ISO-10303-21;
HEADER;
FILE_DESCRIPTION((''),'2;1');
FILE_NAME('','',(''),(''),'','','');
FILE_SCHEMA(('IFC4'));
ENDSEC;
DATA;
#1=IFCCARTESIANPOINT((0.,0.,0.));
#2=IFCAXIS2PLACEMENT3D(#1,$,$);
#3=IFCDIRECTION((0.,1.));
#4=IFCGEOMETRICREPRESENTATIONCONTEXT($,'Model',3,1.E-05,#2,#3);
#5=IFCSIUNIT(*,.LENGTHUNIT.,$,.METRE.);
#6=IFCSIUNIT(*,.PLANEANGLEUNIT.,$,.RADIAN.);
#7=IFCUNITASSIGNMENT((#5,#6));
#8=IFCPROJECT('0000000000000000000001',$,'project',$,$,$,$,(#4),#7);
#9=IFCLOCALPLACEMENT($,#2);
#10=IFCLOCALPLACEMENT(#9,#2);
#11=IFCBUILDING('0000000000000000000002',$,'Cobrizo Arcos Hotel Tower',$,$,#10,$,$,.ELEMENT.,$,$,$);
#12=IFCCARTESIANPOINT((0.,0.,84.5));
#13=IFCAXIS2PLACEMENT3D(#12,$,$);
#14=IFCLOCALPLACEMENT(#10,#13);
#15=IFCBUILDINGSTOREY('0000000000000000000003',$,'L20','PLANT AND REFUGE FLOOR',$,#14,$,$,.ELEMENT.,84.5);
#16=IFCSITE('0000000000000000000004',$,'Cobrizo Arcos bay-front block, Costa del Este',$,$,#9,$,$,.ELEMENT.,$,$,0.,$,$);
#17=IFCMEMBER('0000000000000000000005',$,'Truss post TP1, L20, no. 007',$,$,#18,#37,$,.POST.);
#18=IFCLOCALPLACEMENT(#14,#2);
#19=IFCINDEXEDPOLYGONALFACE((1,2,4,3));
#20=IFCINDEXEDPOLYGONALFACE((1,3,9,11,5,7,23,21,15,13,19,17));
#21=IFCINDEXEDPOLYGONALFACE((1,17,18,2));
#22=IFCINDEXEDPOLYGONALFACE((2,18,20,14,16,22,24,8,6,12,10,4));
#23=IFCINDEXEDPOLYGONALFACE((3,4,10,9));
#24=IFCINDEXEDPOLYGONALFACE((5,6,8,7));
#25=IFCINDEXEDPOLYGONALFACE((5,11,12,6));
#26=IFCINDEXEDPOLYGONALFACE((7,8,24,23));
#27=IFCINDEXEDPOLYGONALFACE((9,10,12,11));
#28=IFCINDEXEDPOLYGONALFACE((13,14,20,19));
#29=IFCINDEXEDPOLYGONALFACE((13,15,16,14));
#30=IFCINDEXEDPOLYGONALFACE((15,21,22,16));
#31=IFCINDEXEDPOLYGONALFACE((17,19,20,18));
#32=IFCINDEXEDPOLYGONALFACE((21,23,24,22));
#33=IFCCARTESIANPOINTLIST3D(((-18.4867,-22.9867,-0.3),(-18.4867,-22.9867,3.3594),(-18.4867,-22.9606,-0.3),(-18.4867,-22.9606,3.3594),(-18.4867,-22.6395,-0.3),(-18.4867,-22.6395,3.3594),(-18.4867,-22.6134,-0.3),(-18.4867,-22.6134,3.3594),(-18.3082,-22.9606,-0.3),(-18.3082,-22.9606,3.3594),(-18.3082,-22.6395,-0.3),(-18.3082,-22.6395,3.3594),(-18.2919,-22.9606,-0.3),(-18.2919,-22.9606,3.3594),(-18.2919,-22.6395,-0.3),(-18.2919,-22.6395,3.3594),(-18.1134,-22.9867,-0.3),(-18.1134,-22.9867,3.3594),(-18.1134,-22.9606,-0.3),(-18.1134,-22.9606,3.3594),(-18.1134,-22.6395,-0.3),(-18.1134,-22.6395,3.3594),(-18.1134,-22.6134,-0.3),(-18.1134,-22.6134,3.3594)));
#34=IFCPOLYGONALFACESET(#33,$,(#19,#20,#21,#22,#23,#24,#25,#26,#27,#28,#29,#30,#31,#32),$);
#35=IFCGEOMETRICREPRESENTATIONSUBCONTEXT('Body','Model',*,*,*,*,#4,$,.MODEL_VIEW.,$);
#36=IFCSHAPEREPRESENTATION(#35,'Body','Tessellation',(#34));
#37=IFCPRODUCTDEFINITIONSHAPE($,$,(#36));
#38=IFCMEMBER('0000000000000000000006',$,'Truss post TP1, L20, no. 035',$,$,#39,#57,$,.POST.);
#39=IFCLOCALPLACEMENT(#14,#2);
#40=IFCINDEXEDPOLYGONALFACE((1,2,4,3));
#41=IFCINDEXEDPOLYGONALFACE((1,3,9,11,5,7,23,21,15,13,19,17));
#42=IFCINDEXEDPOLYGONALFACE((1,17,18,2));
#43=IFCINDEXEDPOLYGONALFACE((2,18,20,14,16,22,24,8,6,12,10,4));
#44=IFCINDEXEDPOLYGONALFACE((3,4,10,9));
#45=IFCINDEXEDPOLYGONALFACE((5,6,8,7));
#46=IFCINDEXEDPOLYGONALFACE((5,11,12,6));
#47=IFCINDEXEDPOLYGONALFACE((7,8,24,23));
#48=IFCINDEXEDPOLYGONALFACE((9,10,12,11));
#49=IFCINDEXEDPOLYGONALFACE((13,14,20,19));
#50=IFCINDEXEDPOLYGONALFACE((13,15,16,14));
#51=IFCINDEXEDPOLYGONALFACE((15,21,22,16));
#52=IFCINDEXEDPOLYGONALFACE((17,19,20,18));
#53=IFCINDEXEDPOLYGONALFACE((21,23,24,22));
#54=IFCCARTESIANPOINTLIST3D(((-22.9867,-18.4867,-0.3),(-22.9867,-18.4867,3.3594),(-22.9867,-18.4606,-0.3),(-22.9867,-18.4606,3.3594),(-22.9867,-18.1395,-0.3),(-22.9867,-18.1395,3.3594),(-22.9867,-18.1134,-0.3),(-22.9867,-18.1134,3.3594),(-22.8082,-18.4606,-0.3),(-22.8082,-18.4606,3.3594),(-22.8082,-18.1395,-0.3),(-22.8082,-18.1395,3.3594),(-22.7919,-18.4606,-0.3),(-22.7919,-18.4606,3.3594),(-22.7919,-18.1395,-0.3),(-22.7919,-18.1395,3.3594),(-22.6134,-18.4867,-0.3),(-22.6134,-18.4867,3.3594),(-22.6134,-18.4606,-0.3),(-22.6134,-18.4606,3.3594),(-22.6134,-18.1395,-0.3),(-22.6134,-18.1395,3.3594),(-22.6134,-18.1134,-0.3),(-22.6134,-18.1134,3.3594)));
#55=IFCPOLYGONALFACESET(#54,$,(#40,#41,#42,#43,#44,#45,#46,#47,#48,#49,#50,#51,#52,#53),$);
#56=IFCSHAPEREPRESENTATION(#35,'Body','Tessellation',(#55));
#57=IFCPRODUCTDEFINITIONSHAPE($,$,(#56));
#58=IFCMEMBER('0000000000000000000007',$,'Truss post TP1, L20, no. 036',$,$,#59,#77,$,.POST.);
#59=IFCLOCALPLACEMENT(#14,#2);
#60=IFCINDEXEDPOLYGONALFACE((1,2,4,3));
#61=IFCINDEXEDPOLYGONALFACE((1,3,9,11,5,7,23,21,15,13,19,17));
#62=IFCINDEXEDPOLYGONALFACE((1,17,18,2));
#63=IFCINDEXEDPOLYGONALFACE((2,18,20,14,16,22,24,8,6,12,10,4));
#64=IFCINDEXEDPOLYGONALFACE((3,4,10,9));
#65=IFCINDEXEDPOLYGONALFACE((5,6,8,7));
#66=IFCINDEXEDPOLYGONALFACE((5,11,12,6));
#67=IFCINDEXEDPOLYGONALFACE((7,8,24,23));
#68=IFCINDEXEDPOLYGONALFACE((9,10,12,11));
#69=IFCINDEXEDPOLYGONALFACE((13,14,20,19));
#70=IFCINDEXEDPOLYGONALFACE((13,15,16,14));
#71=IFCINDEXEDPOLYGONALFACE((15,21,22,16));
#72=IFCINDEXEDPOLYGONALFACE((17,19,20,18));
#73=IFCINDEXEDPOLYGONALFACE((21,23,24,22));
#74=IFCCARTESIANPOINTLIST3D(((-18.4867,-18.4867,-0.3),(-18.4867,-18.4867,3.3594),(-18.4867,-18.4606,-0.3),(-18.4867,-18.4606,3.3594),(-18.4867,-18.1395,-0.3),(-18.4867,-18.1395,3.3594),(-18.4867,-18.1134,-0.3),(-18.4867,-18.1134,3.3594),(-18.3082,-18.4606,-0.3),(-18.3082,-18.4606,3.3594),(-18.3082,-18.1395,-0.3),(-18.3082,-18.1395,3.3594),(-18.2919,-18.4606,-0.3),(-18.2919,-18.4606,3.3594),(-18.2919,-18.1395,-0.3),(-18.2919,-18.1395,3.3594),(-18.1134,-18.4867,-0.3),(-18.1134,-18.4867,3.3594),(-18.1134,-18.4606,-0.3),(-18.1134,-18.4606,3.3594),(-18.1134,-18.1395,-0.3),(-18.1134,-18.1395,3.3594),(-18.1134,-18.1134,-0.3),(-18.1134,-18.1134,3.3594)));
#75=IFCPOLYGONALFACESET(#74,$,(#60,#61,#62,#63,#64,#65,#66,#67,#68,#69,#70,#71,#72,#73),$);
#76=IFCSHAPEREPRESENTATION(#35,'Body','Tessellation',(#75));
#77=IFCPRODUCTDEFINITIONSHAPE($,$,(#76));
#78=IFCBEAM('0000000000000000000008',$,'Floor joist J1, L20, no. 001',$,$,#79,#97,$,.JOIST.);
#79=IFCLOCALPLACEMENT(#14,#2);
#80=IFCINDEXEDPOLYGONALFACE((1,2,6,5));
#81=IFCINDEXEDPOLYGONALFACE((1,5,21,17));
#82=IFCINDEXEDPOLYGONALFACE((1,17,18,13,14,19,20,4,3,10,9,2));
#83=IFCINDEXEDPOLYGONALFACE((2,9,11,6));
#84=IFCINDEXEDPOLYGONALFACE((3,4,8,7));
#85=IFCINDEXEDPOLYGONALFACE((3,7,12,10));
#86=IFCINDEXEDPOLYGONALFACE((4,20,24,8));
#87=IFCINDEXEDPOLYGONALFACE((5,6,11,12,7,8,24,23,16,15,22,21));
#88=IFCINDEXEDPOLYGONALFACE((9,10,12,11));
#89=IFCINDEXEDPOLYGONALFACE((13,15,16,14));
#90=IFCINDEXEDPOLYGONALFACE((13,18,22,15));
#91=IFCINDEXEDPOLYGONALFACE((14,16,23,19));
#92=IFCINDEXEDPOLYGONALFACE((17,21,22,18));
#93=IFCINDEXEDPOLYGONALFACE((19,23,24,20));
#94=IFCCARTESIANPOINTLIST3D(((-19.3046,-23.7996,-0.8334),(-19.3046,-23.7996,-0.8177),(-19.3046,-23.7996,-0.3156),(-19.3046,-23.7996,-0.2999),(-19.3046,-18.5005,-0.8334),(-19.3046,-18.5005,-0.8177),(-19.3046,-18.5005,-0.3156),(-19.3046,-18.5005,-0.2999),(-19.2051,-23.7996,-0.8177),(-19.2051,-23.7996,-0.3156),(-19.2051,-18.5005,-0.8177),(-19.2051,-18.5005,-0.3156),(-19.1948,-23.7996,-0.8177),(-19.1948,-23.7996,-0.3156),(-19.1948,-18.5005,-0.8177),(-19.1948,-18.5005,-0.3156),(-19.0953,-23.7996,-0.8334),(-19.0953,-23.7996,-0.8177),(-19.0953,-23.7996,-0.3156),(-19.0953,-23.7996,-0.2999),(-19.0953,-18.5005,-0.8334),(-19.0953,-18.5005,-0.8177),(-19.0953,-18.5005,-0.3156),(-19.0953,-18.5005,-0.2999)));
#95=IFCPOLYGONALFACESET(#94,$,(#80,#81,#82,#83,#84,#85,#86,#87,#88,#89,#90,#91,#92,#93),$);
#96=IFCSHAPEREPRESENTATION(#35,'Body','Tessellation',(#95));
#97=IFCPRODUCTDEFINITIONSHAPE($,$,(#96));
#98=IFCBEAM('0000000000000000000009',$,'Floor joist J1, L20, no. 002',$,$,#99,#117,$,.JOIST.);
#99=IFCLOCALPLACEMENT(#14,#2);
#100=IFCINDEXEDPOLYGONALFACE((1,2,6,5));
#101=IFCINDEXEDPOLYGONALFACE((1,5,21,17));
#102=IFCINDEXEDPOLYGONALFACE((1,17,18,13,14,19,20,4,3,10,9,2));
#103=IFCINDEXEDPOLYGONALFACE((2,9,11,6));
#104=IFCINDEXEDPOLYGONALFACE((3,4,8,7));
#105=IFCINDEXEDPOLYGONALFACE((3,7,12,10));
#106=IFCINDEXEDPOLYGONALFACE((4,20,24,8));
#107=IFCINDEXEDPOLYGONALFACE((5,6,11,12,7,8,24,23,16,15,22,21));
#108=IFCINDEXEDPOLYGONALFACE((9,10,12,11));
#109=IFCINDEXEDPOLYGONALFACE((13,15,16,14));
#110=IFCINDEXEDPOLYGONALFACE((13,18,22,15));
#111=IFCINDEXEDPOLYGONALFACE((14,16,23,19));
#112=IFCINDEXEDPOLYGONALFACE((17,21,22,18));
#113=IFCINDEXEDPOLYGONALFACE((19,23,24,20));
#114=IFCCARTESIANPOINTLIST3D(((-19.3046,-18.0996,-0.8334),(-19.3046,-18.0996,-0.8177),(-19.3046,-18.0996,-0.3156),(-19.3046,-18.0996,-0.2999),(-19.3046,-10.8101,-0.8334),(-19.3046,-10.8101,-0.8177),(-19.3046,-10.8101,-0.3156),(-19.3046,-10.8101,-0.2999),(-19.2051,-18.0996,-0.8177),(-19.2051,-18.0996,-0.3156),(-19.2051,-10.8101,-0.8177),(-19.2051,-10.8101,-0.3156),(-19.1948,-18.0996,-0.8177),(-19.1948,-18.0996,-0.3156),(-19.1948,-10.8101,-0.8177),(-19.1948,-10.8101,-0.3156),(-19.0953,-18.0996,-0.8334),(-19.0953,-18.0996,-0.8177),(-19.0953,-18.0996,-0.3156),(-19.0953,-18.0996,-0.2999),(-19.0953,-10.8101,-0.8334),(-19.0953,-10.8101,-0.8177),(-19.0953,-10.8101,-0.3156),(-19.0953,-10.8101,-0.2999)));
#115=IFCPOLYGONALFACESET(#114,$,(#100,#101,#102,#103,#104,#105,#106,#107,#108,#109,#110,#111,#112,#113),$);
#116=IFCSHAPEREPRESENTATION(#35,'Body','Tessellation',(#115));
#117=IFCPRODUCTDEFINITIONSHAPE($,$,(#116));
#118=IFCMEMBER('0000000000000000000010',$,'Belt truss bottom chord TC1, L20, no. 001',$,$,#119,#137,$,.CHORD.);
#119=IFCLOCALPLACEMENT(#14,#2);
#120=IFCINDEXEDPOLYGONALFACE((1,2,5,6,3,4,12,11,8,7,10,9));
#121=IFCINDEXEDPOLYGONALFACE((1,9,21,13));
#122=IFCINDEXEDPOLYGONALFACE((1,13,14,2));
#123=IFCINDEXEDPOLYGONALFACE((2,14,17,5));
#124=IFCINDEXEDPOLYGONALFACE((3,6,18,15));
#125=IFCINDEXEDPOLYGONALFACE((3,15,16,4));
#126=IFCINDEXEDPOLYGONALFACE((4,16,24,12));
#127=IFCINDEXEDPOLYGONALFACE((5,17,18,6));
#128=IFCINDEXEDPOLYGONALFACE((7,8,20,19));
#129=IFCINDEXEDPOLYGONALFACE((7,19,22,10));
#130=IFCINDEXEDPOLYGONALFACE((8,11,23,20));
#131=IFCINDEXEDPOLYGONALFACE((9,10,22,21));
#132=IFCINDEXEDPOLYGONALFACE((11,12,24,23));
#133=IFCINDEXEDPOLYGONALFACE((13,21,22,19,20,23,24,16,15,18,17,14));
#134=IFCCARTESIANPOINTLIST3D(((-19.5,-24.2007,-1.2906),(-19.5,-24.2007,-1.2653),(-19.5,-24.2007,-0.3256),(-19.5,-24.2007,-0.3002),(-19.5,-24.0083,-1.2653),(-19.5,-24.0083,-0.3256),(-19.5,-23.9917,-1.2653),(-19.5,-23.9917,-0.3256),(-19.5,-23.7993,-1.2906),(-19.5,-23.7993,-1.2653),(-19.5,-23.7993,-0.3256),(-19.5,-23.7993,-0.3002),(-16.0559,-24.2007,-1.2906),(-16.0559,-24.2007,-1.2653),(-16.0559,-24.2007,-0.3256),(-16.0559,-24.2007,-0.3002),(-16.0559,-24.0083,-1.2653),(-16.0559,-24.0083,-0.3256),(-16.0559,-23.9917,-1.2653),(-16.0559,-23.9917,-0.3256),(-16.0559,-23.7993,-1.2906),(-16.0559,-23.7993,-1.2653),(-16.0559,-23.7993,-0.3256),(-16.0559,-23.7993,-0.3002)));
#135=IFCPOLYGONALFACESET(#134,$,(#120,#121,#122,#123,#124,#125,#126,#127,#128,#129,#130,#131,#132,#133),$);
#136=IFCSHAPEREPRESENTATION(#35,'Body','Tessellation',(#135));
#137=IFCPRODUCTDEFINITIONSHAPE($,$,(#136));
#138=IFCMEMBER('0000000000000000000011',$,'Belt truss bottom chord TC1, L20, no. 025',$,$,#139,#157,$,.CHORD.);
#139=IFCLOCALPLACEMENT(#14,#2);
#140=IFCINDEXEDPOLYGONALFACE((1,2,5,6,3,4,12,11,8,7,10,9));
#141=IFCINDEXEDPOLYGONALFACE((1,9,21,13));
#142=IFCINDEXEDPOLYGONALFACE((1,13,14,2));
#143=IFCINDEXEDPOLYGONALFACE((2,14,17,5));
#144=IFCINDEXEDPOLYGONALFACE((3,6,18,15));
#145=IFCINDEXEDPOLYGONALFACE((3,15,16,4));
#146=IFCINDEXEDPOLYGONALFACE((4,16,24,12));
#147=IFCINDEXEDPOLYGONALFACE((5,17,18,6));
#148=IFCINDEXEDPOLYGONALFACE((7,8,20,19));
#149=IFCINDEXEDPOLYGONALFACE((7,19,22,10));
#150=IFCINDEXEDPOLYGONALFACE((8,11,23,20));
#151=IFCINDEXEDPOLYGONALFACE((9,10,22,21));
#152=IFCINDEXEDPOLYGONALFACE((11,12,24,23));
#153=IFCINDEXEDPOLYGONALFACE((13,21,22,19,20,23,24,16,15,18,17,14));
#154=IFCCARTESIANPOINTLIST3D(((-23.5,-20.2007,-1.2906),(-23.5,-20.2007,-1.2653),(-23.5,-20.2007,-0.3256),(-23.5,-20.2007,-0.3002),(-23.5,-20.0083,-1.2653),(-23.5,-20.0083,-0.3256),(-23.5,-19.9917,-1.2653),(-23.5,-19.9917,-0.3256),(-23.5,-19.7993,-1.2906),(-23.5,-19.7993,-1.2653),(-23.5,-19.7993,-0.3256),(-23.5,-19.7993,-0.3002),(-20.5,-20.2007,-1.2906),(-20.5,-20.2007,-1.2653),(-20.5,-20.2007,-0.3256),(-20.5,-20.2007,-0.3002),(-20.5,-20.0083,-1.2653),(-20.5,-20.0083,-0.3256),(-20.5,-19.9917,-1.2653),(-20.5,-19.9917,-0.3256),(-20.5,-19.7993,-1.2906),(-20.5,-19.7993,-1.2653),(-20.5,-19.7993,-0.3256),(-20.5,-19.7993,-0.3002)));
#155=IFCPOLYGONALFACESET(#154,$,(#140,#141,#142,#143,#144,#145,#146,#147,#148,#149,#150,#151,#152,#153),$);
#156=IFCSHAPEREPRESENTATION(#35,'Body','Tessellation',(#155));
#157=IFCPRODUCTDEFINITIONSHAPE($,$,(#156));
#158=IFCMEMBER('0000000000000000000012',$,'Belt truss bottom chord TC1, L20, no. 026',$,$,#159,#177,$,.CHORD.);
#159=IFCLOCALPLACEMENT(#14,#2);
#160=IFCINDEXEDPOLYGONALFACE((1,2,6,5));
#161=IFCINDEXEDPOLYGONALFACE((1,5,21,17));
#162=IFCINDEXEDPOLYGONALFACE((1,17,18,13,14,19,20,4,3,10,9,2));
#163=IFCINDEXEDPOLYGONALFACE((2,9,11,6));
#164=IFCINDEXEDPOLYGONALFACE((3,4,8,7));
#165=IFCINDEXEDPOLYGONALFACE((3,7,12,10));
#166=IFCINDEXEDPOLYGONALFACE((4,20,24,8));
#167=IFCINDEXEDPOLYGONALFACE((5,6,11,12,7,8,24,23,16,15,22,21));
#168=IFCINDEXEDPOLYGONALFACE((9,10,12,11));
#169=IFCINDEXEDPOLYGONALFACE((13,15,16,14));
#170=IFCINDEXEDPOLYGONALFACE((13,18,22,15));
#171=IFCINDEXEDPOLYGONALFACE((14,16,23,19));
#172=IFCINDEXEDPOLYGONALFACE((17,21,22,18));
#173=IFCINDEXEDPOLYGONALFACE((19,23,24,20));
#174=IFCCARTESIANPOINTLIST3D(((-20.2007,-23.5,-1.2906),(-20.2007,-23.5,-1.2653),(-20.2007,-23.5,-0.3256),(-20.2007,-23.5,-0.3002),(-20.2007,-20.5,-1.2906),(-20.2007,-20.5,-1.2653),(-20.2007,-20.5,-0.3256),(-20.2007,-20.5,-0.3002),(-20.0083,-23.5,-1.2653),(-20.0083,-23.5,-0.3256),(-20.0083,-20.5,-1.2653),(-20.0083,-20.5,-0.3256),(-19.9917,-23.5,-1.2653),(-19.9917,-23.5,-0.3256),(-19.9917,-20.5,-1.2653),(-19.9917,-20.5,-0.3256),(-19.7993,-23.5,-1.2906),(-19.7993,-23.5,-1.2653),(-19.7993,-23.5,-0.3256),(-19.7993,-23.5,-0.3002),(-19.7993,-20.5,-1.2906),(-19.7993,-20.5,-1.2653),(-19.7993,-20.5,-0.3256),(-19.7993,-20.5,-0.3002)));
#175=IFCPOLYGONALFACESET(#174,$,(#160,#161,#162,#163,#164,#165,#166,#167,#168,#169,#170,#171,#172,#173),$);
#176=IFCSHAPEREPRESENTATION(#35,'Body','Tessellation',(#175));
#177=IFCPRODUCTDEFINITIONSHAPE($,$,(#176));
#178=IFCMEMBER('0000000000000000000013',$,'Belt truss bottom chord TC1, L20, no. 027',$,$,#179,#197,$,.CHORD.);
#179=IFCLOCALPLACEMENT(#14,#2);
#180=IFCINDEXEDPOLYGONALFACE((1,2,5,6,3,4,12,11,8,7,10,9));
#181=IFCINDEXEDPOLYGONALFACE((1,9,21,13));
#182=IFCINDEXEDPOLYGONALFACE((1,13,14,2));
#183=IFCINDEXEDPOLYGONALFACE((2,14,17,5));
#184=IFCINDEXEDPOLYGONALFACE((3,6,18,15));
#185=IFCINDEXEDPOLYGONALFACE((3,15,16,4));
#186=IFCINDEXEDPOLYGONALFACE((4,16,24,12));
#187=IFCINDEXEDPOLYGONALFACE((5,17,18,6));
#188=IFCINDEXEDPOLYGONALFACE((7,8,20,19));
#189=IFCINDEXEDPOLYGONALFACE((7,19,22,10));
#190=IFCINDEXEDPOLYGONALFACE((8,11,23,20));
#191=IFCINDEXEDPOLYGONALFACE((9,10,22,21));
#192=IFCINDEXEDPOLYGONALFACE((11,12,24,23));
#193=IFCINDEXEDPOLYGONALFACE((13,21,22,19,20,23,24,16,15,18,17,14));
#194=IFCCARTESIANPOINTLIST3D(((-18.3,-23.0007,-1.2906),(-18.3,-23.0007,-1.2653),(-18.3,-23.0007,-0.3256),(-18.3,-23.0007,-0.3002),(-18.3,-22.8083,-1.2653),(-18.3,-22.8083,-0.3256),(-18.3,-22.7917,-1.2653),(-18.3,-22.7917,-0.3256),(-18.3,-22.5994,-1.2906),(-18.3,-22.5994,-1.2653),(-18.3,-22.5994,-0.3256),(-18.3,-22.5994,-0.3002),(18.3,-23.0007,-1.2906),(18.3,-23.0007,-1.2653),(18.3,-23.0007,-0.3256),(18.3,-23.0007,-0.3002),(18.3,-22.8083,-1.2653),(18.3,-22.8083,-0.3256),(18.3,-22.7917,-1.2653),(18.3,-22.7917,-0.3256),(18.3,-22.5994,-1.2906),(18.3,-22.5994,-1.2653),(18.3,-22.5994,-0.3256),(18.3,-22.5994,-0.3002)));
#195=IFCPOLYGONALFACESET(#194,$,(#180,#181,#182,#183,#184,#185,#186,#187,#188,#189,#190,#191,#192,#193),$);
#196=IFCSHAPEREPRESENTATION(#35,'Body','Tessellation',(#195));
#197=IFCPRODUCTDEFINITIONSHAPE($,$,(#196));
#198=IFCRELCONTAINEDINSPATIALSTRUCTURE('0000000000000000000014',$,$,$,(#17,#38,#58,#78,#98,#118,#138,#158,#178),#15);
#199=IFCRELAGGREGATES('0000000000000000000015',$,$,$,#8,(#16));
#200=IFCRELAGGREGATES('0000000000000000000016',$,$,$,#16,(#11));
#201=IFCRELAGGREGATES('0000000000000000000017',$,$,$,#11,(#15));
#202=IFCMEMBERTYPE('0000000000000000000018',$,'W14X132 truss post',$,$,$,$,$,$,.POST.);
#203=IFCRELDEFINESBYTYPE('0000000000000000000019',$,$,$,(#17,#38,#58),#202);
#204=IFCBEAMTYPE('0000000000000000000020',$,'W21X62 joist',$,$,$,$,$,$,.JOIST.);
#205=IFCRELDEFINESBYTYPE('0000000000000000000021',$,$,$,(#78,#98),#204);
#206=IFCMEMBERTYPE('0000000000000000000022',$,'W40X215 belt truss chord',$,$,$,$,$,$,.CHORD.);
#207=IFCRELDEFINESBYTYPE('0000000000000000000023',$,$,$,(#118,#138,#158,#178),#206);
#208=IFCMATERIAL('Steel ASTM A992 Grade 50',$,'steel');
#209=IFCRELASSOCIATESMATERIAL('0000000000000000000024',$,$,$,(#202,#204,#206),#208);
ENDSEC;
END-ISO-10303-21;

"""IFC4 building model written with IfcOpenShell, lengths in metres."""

from ifc_helpers import new_model, si_unit, direction, frame, origin, origin_2d, place, context, subcontext, project, spatial, i_section, extrude, material, material_profile, profile_set, type_object, element, save


model = new_model("IFC4")

# Units and contexts
model_context = context("Model", 3, precision=1e-05, world=origin(), true_north=direction((0.0, 1.0)))
body_context = subcontext(model_context, "Body", "Model", "MODEL_VIEW")
ifc_project = project(units=[si_unit("LENGTHUNIT", "METRE"), si_unit("PLANEANGLEUNIT", "RADIAN")], contexts=[model_context])

# Site, building, storey
site_placement = place(None, origin())
site = spatial("IfcSite", under=ifc_project, at=site_placement, Name="Cobrizo Arcos bay-front block, Costa del Este", CompositionType="ELEMENT", RefElevation=0.0)
building_placement = place(site_placement, origin())
building = spatial("IfcBuilding", under=site, at=building_placement, Name="Cobrizo Arcos Hotel Tower", CompositionType="ELEMENT")
storey_placement = place(building_placement, frame((0.0, 0.0, 84.5)))
storey = spatial("IfcBuildingStorey", under=building, at=storey_placement, Name="L20", Description="PLANT AND REFUGE FLOOR", CompositionType="ELEMENT", Elevation=84.5)

# Members
ifc_material_1 = material(Name="Steel ASTM A992 Grade 50", Category="steel")
ifc_material_profile_1 = material_profile(ifc_material_1, i_section(OverallWidth=0.3733, OverallDepth=0.3733, WebThickness=0.0164, FlangeThickness=0.0261, at=origin_2d()), Name="W14X132")
ifc_profile_set_1 = profile_set([ifc_material_profile_1], Name="Steel ASTM A992 Grade 50")
member_type_1 = type_object("IfcMemberType", Name="W14X132 truss post", PredefinedType="POST", material=ifc_profile_set_1)
for number, where, z_axis, x_axis, name in (
    (1, (-18.3, -22.8, -0.3), (0.0, 0.0, 1.0), (1.0, 0.0, 0.0), "Truss post TP1, L20, no. 007"),
    (2, (-22.8, -18.3, -0.3), (0.0, 0.0, 1.0), (1.0, 0.0, 0.0), "Truss post TP1, L20, no. 035"),
    (3, (-18.3, -18.3, -0.3), (0.0, 0.0, 1.0), (1.0, 0.0, 0.0), "Truss post TP1, L20, no. 036"),
):
    element("IfcMember", number, at=place(storey_placement, frame(where, z_axis=z_axis, x_axis=x_axis)), inside=storey, type_object=member_type_1, Name=name, PredefinedType="POST", context=body_context, shape_type="SweptSolid", body=[
        extrude(i_section(OverallWidth=0.3733, OverallDepth=0.3733, WebThickness=0.0164, FlangeThickness=0.0261, at=origin_2d()), origin(), (0.0, 0.0, 1.0), 3.6594),
    ])

# Beams
ifc_material_profile_2 = material_profile(ifc_material_1, i_section(OverallWidth=0.2092, OverallDepth=0.5334, WebThickness=0.0103, FlangeThickness=0.0156, at=origin_2d()), Name="W21X62")
ifc_profile_set_2 = profile_set([ifc_material_profile_2], Name="Steel ASTM A992 Grade 50")
beam_type = type_object("IfcBeamType", Name="W21X62 joist", PredefinedType="JOIST", material=ifc_profile_set_2)
beam_1_placement = place(storey_placement, frame((-19.2, -23.7996, -0.5667), z_axis=(0.0, 1.0, 0.0), x_axis=(-1.0, 0.0, 0.0)))
element("IfcBeam", 4, at=beam_1_placement, inside=storey, type_object=beam_type, Name="Floor joist J1, L20, no. 001", PredefinedType="JOIST", context=body_context, shape_type="SweptSolid", body=[
    extrude(i_section(OverallWidth=0.2092, OverallDepth=0.5334, WebThickness=0.0103, FlangeThickness=0.0156, at=origin_2d()), origin(), (0.0, 0.0, 1.0), 5.2991),
])
beam_2_placement = place(storey_placement, frame((-19.2, -18.0996, -0.5667), z_axis=(0.0, 1.0, 0.0), x_axis=(-1.0, 0.0, 0.0)))
element("IfcBeam", 5, at=beam_2_placement, inside=storey, type_object=beam_type, Name="Floor joist J1, L20, no. 002", PredefinedType="JOIST", context=body_context, shape_type="SweptSolid", body=[
    extrude(i_section(OverallWidth=0.2092, OverallDepth=0.5334, WebThickness=0.0103, FlangeThickness=0.0156, at=origin_2d()), origin(), (0.0, 0.0, 1.0), 7.2896),
])

# Members
ifc_material_profile_3 = material_profile(ifc_material_1, i_section(OverallWidth=0.4014, OverallDepth=0.9905, WebThickness=0.0166, FlangeThickness=0.0254, at=origin_2d()), Name="W40X215")
ifc_profile_set_3 = profile_set([ifc_material_profile_3], Name="Steel ASTM A992 Grade 50")
member_type_2 = type_object("IfcMemberType", Name="W40X215 belt truss chord", PredefinedType="CHORD", material=ifc_profile_set_3)
member_1_placement = place(storey_placement, frame((-19.5, -24.0, -0.7954), z_axis=(1.0, 0.0, 0.0), x_axis=(0.0, 1.0, 0.0)))
element("IfcMember", 6, at=member_1_placement, inside=storey, type_object=member_type_2, Name="Belt truss bottom chord TC1, L20, no. 001", PredefinedType="CHORD", context=body_context, shape_type="SweptSolid", body=[
    extrude(i_section(OverallWidth=0.4014, OverallDepth=0.9905, WebThickness=0.0166, FlangeThickness=0.0254, at=origin_2d()), origin(), (0.0, 0.0, 1.0), 3.4441),
])
for number, where, z_axis, x_axis, name in (
    (7, (-23.5, -20.0, -0.7954), (1.0, 0.0, 0.0), (0.0, 1.0, 0.0), "Belt truss bottom chord TC1, L20, no. 025"),
    (8, (-20.0, -20.5, -0.7954), (0.0, -1.0, 0.0), (1.0, 0.0, 0.0), "Belt truss bottom chord TC1, L20, no. 026"),
):
    element("IfcMember", number, at=place(storey_placement, frame(where, z_axis=z_axis, x_axis=x_axis)), inside=storey, type_object=member_type_2, Name=name, PredefinedType="CHORD", context=body_context, shape_type="SweptSolid", body=[
        extrude(i_section(OverallWidth=0.4014, OverallDepth=0.9905, WebThickness=0.0166, FlangeThickness=0.0254, at=origin_2d()), origin(), (0.0, 0.0, 1.0), 3.0),
    ])
member_2_placement = place(storey_placement, frame((-18.3, -22.8, -0.7954), z_axis=(1.0, 0.0, 0.0), x_axis=(0.0, 1.0, 0.0)))
element("IfcMember", 9, at=member_2_placement, inside=storey, type_object=member_type_2, Name="Belt truss bottom chord TC1, L20, no. 027", PredefinedType="CHORD", context=body_context, shape_type="SweptSolid", body=[
    extrude(i_section(OverallWidth=0.4014, OverallDepth=0.9905, WebThickness=0.0166, FlangeThickness=0.0254, at=origin_2d()), origin(), (0.0, 0.0, 1.0), 36.6001),
])

save(model, "model.ifc")
